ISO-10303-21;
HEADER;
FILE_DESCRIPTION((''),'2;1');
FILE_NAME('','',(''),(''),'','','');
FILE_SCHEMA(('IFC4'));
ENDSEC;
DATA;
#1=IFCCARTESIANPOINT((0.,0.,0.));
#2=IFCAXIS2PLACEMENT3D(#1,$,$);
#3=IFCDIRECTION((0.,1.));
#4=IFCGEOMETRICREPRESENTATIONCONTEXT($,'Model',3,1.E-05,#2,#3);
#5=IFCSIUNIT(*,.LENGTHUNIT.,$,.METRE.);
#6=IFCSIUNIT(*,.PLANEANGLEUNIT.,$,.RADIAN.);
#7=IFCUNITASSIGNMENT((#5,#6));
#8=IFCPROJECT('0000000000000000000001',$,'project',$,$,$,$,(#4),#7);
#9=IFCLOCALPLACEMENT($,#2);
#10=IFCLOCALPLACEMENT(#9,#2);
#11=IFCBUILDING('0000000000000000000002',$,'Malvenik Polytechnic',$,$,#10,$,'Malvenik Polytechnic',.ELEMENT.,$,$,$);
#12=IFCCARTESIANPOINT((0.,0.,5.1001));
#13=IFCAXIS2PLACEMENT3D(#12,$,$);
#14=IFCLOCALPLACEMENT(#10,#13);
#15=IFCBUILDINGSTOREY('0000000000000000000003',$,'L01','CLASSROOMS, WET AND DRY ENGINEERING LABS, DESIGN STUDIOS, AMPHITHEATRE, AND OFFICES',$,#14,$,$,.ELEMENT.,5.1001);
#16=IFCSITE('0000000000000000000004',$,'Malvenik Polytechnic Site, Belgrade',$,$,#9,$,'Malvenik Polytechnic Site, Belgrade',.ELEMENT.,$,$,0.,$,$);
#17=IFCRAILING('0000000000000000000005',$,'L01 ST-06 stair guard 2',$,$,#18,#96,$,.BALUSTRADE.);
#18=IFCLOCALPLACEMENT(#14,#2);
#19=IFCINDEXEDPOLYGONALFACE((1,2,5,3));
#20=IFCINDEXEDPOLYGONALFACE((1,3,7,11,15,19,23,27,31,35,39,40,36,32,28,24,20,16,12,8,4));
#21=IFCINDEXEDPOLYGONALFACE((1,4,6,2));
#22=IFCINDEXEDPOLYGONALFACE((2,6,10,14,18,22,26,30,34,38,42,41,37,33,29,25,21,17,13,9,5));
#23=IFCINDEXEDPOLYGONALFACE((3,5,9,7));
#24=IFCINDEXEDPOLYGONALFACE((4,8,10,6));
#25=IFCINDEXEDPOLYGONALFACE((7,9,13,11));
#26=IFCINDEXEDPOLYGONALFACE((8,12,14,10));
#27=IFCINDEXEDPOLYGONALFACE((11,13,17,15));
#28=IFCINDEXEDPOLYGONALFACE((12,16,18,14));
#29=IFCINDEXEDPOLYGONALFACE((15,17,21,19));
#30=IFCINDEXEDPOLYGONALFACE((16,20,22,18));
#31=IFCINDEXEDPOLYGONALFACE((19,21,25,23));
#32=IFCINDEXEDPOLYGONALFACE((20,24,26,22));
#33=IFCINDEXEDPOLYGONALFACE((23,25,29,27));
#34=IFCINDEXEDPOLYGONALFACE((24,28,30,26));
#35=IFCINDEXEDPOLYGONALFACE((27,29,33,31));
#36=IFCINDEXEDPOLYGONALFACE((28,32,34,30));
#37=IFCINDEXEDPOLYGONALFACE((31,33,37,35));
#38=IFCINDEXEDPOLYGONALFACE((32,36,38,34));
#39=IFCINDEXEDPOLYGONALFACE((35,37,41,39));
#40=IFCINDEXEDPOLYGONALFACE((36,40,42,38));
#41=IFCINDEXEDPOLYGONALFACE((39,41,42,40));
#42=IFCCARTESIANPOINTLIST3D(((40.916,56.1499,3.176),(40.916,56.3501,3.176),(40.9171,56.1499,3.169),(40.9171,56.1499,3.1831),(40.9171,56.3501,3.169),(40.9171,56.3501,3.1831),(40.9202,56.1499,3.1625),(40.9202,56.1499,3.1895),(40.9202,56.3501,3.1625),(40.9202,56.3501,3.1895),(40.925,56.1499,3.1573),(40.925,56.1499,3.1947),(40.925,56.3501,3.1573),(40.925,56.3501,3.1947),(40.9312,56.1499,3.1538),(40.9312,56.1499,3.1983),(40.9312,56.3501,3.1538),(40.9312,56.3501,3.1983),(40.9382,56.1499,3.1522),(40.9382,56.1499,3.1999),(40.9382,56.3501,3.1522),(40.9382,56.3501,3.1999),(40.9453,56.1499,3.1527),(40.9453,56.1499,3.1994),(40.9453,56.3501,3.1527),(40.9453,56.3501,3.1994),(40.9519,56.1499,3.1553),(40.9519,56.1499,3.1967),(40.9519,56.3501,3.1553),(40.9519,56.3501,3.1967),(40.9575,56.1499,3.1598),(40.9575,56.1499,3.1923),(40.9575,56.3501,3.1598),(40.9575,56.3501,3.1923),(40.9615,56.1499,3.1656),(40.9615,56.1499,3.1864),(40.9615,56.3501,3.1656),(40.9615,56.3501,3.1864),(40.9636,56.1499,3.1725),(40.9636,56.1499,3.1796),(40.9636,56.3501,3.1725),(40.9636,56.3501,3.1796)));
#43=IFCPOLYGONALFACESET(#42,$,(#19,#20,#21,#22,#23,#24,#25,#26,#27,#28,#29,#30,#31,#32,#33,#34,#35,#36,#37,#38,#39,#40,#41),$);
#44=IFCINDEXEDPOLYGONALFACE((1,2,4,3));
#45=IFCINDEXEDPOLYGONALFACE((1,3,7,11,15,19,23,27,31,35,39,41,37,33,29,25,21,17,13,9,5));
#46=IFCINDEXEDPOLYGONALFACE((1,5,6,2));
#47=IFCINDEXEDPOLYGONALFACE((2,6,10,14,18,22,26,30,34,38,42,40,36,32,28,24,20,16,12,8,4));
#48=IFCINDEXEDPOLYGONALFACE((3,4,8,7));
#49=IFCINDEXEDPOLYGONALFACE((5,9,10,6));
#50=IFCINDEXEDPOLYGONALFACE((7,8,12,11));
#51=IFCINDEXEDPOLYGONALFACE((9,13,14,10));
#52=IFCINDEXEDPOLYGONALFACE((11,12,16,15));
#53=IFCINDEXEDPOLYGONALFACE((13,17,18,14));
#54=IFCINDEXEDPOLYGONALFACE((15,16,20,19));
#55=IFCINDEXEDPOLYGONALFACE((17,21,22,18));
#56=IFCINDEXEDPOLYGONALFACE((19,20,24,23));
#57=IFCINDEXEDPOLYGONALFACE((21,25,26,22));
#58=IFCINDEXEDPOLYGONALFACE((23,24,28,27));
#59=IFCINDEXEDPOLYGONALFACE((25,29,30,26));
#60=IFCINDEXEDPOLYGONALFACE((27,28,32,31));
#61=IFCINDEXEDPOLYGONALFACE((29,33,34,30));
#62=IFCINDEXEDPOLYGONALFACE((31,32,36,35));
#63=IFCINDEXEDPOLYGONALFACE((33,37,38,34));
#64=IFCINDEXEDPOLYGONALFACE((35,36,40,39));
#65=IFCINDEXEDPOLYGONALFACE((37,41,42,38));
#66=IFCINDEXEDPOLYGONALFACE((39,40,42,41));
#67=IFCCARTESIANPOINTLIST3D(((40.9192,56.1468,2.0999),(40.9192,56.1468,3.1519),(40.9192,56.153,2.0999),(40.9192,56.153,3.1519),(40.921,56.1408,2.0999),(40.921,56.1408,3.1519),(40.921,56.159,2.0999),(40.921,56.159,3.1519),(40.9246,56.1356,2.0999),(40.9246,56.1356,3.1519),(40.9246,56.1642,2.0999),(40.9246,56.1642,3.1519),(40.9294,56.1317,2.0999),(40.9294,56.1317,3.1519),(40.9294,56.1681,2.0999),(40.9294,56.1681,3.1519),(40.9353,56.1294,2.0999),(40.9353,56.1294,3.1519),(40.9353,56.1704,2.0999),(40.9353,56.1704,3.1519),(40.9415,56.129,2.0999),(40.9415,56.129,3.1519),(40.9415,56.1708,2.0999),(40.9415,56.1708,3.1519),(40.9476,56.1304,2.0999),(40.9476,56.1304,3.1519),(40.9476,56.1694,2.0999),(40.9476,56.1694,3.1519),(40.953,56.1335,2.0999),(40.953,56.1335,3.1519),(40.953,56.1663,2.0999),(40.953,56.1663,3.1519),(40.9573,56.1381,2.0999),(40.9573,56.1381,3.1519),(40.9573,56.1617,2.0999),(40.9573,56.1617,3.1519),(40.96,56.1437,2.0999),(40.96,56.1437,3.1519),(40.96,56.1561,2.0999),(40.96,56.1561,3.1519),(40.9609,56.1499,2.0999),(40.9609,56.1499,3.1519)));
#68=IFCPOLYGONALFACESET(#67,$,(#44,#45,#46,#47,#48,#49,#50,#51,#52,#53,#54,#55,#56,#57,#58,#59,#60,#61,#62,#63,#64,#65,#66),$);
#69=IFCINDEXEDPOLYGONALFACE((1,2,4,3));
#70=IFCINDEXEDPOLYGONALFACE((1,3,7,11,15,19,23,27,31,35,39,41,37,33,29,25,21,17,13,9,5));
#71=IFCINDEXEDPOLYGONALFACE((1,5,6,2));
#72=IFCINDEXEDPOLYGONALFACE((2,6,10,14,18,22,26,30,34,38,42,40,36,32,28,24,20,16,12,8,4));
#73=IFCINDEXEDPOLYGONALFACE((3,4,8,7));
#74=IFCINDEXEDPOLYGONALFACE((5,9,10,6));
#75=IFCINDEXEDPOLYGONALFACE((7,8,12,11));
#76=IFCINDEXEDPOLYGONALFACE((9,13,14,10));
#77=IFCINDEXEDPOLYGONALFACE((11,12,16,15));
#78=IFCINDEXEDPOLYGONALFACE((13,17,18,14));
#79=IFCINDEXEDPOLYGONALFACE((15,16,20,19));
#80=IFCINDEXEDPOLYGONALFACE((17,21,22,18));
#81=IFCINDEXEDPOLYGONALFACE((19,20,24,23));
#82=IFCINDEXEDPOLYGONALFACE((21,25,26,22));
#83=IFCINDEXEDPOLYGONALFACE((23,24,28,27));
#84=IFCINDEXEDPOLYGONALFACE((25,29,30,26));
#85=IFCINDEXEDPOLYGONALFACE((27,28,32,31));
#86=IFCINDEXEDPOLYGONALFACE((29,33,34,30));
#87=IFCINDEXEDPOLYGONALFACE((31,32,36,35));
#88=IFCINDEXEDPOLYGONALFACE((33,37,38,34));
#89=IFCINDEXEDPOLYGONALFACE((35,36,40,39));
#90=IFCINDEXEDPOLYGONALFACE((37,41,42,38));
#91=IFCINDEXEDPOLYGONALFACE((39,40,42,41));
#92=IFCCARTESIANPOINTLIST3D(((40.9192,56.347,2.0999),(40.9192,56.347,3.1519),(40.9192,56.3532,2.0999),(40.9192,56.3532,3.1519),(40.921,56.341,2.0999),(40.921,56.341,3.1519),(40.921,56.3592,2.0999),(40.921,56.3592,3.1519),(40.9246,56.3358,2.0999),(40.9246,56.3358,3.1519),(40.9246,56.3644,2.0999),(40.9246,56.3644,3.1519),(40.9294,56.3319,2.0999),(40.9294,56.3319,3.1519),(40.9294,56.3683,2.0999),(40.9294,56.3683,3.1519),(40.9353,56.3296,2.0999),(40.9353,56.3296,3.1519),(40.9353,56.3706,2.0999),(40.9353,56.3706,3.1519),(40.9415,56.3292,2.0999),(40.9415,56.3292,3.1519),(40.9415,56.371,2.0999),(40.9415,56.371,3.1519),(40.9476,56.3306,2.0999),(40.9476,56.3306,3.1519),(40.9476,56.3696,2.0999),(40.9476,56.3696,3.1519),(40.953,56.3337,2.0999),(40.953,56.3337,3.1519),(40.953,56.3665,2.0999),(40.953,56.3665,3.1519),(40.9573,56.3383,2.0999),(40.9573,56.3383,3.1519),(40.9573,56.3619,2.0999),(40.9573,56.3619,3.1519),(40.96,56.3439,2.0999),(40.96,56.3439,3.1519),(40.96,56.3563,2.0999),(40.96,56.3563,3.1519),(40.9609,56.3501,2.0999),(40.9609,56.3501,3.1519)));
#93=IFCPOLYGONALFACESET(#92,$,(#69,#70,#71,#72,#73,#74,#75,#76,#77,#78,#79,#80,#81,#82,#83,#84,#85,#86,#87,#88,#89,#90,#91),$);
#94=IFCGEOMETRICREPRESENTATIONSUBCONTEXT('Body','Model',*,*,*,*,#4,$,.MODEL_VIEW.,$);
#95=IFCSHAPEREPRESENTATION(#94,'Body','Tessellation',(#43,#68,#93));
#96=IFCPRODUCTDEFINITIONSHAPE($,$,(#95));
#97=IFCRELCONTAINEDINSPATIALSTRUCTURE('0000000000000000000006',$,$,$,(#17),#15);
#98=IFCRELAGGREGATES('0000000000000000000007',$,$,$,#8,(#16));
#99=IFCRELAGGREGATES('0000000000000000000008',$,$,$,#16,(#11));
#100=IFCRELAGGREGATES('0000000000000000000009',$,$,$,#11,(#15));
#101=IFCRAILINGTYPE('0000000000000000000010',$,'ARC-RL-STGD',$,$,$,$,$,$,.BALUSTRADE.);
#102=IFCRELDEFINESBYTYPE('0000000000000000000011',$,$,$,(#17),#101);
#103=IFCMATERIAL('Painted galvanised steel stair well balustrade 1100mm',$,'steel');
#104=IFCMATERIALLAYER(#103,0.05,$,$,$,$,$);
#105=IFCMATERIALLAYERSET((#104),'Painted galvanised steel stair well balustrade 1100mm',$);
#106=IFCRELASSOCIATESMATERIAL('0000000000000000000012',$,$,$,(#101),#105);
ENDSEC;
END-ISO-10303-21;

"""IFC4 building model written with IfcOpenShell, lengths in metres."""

from ifc_helpers import new_model, si_unit, direction, frame, origin, origin_2d, place, context, subcontext, project, spatial, circle, extrude, material, layer, layer_set, type_object, element, save


model = new_model("IFC4")

# Units and contexts
model_context = context("Model", 3, precision=1e-05, world=origin(), true_north=direction((0.0, 1.0)))
body_context = subcontext(model_context, "Body", "Model", "MODEL_VIEW")
ifc_project = project(units=[si_unit("LENGTHUNIT", "METRE"), si_unit("PLANEANGLEUNIT", "RADIAN")], contexts=[model_context])

# Site, building, storey
site_placement = place(None, origin())
site = spatial("IfcSite", under=ifc_project, at=site_placement, Name="Malvenik Polytechnic Site, Belgrade", LongName="Malvenik Polytechnic Site, Belgrade", CompositionType="ELEMENT", RefElevation=0.0)
building_placement = place(site_placement, origin())
building = spatial("IfcBuilding", under=site, at=building_placement, Name="Malvenik Polytechnic", LongName="Malvenik Polytechnic", CompositionType="ELEMENT")
storey_placement = place(building_placement, frame((0.0, 0.0, 5.1001)))
storey = spatial("IfcBuildingStorey", under=building, at=storey_placement, Name="L01", Description="CLASSROOMS, WET AND DRY ENGINEERING LABS, DESIGN STUDIOS, AMPHITHEATRE, AND OFFICES", CompositionType="ELEMENT", Elevation=5.1001)

# Railing
ifc_material_1 = material(Name="Painted galvanised steel stair well balustrade 1100mm", Category="steel")
ifc_layer_1 = layer(ifc_material_1, 0.05)
ifc_layer_set_1 = layer_set([ifc_layer_1], Name="Painted galvanised steel stair well balustrade 1100mm")
railing_type_1 = type_object("IfcRailingType", Name="ARC-RL-STGD", PredefinedType="BALUSTRADE", material=ifc_layer_set_1)
railing_1_placement = place(storey_placement, frame((40.9399, 56.1499, 2.0999)))
element("IfcRailing", 1, at=railing_1_placement, inside=storey, type_object=railing_type_1, Name="L01 ST-06 stair guard 2", PredefinedType="BALUSTRADE", context=body_context, shape_type="SweptSolid", body=[
    extrude(circle(Radius=0.0239, at=origin_2d()), frame((0.0, 0.0, 1.0762), z_axis=(0.0, 1.0, 0.0), x_axis=(-1.0, 0.0, 0.0)), (0.0, 0.0, 1.0), 0.2002),
    extrude(circle(Radius=0.021, at=origin_2d()), origin(), (0.0, 0.0, 1.0), 1.052),
    extrude(circle(Radius=0.021, at=origin_2d()), frame((0.0, 0.2002, 0.0)), (0.0, 0.0, 1.0), 1.052),
])

save(model, "model.ifc")
